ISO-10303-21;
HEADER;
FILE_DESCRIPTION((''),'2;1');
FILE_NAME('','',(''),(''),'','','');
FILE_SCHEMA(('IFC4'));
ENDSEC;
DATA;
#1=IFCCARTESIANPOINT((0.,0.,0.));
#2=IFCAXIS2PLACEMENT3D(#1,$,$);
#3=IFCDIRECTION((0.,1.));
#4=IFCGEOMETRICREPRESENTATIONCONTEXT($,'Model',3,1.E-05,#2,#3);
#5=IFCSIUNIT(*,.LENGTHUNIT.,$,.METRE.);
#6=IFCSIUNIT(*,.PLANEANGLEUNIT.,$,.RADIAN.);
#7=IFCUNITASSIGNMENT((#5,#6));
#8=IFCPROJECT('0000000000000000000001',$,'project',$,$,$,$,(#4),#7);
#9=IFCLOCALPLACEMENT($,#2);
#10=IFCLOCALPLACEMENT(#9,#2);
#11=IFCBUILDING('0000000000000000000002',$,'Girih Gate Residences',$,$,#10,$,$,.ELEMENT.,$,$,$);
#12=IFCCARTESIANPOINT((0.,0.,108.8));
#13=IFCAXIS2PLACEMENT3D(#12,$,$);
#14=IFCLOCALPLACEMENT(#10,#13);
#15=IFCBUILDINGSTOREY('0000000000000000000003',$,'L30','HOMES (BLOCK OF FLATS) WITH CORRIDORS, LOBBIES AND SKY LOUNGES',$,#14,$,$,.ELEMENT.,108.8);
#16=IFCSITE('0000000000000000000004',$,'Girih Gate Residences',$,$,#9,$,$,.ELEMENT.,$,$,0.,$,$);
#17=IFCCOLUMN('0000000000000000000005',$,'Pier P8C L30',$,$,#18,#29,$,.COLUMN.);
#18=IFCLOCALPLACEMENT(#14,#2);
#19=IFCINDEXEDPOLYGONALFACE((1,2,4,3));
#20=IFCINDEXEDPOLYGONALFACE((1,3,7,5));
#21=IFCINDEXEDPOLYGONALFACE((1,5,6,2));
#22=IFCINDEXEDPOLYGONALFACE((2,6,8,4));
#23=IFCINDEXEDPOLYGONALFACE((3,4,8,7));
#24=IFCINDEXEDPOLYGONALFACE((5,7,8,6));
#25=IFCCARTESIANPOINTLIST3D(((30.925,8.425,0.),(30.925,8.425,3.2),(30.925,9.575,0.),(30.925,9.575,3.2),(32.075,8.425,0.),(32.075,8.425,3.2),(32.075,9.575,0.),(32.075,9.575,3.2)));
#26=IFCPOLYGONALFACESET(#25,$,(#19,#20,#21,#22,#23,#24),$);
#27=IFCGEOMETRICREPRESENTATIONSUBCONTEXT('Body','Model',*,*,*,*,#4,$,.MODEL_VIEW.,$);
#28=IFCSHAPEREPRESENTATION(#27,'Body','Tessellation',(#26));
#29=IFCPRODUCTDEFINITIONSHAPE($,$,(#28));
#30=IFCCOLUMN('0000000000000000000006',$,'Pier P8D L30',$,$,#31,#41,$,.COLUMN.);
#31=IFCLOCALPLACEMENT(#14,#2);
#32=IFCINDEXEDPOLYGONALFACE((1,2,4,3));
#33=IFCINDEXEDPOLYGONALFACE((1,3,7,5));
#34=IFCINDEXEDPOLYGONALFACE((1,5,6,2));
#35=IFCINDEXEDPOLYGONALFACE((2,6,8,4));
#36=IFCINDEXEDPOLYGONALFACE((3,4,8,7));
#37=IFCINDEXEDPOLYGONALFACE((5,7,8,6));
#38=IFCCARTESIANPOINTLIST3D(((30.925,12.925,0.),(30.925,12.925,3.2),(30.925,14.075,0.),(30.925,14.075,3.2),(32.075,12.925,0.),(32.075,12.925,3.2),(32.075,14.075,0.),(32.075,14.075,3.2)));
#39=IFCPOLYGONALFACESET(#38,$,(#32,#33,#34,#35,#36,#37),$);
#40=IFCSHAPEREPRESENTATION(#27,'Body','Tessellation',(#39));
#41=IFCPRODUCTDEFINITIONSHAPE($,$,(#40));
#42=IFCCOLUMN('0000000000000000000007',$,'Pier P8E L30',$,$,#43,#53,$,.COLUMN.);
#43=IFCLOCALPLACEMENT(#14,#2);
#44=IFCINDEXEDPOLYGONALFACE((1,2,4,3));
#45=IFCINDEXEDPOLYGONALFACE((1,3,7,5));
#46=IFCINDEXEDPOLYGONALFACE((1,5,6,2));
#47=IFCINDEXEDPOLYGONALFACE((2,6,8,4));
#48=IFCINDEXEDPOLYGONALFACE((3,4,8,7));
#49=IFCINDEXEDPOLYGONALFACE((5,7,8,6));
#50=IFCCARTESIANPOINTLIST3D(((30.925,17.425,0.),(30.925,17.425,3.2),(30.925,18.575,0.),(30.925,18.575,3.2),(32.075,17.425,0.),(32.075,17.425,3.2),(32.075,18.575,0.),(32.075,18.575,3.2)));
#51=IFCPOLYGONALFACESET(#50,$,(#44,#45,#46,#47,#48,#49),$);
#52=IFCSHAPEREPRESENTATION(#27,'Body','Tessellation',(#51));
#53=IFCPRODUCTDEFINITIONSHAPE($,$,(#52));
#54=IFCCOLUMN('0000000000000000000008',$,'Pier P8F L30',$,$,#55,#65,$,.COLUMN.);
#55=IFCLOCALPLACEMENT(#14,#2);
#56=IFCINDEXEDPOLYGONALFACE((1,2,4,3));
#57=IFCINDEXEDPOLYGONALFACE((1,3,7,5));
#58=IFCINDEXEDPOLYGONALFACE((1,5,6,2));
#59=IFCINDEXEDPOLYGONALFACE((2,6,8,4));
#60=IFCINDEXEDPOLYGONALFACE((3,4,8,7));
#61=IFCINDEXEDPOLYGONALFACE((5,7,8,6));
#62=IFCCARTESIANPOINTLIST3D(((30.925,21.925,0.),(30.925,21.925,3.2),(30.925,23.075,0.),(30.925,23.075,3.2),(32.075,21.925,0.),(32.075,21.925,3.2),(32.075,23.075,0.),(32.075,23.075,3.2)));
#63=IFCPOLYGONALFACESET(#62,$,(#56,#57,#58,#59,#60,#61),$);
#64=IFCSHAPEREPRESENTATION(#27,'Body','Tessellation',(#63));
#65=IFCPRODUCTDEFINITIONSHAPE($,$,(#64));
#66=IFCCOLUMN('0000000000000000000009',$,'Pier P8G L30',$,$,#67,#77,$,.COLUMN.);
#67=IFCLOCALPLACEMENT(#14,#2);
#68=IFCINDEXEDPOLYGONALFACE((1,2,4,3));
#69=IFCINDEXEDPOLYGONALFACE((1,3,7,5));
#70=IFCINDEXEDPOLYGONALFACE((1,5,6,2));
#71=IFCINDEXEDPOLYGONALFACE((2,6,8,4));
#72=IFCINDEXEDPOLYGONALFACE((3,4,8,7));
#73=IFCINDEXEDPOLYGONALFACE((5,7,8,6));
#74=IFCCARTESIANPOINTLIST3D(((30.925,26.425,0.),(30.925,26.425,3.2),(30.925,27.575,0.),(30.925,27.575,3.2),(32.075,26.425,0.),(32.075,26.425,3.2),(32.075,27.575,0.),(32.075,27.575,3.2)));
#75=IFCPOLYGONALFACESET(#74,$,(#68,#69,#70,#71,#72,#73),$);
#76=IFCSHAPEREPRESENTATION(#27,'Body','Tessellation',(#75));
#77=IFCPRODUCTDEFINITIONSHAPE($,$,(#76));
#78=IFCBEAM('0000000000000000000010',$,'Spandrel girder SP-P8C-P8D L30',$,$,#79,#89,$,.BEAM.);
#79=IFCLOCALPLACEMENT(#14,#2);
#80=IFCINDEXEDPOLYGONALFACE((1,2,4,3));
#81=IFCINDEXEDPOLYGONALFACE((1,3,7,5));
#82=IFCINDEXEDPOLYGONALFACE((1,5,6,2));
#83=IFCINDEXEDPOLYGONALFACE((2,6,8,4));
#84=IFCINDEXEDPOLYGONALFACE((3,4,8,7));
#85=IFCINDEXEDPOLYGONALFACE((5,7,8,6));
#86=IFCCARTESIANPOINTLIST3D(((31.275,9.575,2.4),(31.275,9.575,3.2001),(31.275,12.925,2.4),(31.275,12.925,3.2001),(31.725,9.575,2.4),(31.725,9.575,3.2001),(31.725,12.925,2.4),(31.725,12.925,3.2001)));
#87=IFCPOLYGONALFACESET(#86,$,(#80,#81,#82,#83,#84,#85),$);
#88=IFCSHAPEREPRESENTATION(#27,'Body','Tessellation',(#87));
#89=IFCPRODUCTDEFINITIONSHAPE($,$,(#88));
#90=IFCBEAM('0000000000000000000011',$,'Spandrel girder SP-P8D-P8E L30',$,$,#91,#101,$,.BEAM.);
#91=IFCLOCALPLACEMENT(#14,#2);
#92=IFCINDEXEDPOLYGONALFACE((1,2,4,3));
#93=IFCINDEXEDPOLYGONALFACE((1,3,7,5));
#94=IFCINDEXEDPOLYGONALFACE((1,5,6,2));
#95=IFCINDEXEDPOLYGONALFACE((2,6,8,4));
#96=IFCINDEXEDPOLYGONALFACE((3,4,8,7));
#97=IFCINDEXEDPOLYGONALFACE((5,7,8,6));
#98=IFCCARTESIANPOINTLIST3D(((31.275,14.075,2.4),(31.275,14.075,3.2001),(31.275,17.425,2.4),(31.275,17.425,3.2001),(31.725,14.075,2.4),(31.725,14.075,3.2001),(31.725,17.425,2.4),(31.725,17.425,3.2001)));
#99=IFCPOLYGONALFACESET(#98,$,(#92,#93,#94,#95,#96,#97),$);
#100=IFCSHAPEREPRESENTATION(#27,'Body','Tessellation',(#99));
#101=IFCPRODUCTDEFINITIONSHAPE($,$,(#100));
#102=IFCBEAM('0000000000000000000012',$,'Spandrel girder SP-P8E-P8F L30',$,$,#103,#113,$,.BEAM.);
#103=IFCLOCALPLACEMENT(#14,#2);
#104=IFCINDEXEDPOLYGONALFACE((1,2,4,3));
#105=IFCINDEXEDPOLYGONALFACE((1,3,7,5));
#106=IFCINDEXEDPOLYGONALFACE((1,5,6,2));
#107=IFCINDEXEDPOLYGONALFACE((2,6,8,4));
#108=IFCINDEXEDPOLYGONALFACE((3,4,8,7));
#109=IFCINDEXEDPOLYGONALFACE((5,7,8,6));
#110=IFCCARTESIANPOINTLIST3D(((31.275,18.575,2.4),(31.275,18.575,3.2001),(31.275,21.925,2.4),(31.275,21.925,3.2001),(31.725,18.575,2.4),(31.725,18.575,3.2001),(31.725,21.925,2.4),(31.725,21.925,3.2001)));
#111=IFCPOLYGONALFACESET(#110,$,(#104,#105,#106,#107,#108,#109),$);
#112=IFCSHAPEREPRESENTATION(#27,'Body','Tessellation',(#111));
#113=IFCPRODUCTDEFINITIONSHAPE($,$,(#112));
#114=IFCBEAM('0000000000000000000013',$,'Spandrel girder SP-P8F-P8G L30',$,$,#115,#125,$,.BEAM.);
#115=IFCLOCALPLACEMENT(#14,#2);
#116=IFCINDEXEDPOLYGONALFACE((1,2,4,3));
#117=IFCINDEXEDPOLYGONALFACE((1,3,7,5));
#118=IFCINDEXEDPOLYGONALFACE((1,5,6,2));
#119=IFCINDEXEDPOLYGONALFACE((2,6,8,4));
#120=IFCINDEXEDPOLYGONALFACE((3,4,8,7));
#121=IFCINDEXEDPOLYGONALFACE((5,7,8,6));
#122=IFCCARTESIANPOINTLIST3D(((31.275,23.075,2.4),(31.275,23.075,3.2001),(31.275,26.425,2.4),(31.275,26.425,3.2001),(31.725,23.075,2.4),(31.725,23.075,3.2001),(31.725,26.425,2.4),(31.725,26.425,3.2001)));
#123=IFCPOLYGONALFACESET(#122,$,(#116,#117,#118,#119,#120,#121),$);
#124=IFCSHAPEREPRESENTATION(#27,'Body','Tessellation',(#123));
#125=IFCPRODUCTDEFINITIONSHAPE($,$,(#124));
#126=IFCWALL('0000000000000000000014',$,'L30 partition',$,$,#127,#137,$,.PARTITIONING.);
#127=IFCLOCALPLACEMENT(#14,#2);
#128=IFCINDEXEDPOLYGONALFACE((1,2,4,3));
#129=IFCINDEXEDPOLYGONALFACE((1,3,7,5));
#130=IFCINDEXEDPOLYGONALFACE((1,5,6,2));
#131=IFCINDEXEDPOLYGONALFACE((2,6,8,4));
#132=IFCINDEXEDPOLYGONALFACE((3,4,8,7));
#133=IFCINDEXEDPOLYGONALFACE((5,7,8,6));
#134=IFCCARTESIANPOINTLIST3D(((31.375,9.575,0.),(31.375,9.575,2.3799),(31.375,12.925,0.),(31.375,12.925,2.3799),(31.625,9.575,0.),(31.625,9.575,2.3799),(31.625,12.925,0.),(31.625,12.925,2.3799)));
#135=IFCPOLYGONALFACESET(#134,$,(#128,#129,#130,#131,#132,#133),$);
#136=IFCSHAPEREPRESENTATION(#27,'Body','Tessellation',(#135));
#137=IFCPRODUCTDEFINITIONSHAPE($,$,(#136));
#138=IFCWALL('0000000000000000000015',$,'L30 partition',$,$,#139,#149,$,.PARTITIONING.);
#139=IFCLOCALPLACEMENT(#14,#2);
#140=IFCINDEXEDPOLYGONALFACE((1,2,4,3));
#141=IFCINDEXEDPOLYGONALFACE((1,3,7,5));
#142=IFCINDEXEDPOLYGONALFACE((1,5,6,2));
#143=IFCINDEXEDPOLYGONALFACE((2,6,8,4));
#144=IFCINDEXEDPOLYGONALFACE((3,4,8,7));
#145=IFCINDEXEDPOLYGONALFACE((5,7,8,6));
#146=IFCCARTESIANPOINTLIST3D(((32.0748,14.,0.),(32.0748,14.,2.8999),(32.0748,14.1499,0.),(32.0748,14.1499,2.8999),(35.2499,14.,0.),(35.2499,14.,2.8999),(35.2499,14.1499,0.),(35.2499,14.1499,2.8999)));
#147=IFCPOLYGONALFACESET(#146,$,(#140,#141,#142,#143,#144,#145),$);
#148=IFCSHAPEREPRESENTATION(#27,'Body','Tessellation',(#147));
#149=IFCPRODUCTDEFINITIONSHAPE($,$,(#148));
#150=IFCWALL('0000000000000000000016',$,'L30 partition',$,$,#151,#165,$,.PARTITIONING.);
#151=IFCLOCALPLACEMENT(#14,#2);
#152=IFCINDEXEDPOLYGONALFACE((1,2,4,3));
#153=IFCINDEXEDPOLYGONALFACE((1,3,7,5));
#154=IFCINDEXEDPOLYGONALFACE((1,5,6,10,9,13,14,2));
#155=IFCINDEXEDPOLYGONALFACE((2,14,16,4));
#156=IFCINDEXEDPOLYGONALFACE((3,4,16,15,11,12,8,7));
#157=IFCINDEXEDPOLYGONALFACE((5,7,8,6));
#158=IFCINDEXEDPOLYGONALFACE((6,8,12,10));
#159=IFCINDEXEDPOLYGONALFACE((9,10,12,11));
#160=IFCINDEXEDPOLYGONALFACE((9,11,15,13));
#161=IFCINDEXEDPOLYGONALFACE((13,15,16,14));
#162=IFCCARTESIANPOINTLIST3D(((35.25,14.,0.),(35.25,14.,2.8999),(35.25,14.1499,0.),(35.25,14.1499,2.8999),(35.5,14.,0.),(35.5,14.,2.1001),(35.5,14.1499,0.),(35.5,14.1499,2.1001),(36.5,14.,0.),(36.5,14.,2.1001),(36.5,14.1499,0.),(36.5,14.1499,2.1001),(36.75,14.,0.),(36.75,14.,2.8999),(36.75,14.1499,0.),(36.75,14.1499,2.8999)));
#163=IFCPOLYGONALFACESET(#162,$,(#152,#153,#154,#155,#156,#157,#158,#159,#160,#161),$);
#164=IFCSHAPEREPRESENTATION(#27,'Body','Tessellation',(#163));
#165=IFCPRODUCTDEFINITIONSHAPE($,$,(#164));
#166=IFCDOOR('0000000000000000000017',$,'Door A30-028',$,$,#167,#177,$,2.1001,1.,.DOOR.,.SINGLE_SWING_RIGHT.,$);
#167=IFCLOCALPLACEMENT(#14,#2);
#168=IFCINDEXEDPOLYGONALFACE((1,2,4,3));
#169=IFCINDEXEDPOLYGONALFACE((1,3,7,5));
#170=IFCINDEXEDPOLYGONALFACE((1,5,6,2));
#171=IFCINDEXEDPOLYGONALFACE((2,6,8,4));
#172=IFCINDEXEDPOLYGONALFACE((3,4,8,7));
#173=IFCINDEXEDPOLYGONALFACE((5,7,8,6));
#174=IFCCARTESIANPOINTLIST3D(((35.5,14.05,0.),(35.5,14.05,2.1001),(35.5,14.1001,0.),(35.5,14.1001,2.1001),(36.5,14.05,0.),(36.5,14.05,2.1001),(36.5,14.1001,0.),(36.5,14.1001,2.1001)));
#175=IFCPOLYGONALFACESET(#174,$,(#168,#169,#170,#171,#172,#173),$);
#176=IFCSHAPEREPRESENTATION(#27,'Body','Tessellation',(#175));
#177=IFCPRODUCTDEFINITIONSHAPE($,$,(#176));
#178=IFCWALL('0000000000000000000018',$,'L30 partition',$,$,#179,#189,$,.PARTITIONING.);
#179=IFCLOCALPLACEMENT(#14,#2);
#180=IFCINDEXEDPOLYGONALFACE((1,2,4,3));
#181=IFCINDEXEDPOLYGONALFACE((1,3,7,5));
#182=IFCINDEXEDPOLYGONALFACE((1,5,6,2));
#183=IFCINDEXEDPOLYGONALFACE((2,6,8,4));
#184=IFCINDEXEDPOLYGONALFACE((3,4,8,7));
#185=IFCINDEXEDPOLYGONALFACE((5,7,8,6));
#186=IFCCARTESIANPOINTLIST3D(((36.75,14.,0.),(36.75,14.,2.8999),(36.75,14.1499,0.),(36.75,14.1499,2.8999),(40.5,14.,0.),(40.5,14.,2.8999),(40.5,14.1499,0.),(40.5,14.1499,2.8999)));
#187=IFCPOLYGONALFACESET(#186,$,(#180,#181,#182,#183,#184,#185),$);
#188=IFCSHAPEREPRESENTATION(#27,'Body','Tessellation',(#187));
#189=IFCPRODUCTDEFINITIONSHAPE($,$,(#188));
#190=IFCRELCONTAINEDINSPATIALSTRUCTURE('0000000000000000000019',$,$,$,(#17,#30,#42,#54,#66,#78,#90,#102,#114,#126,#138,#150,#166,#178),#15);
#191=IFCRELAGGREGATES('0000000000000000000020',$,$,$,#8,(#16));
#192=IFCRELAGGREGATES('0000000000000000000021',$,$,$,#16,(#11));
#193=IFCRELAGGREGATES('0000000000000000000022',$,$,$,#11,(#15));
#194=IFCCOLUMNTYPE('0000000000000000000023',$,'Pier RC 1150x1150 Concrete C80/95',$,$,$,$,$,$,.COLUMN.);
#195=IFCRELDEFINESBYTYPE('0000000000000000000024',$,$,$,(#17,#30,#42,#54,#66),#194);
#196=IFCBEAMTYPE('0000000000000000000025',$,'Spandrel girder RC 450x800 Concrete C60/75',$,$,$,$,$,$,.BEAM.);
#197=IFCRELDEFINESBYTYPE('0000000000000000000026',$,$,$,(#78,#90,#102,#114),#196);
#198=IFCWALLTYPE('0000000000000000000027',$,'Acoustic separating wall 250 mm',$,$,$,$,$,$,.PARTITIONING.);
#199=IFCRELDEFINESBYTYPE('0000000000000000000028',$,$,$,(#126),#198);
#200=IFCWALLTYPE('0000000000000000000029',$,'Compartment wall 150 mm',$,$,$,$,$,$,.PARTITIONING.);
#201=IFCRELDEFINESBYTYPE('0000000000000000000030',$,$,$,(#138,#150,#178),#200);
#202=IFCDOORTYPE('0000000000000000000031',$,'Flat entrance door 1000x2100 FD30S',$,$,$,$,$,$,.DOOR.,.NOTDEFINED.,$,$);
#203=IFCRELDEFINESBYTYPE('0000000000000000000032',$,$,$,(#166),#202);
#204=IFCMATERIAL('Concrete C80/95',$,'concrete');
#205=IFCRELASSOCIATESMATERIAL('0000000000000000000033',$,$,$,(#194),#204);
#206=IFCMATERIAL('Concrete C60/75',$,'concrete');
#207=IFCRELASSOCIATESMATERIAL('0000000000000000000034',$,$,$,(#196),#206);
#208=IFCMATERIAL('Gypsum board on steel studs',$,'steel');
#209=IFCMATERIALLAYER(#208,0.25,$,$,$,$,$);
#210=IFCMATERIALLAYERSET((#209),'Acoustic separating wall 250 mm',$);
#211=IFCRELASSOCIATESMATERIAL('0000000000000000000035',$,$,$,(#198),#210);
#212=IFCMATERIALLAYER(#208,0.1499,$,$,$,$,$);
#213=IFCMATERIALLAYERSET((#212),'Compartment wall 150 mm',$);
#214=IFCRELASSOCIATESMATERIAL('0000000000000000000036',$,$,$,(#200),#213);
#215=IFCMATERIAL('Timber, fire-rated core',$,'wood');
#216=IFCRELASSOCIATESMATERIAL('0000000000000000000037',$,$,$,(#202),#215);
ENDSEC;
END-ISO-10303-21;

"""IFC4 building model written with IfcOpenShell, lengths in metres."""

from ifc_helpers import new_model, si_unit, direction, frame, frame_2d, origin, origin_2d, place, context, subcontext, project, spatial, rectangle, extrude, material, layer, layer_set, material_profile, profile_set, type_object, element, fill, save


model = new_model("IFC4")

# Units and contexts
model_context = context("Model", 3, precision=1e-05, world=origin(), true_north=direction((0.0, 1.0)))
body_context = subcontext(model_context, "Body", "Model", "MODEL_VIEW")
ifc_project = project(units=[si_unit("LENGTHUNIT", "METRE"), si_unit("PLANEANGLEUNIT", "RADIAN")], contexts=[model_context])

# Site, building, storey
site_placement = place(None, origin())
site = spatial("IfcSite", under=ifc_project, at=site_placement, Name="Girih Gate Residences", CompositionType="ELEMENT", RefElevation=0.0)
building_placement = place(site_placement, origin())
building = spatial("IfcBuilding", under=site, at=building_placement, Name="Girih Gate Residences", CompositionType="ELEMENT")
storey_placement = place(building_placement, frame((0.0, 0.0, 108.8)))
storey = spatial("IfcBuildingStorey", under=building, at=storey_placement, Name="L30", Description="HOMES (BLOCK OF FLATS) WITH CORRIDORS, LOBBIES AND SKY LOUNGES", CompositionType="ELEMENT", Elevation=108.8)

# Columns
ifc_material_1 = material(Name="Concrete C80/95", Category="concrete")
ifc_material_profile_1 = material_profile(ifc_material_1, rectangle(XDim=1.1499, YDim=1.1499, at=origin_2d()))
ifc_profile_set_1 = profile_set([ifc_material_profile_1], Name="Concrete C80/95")
column_type = type_object("IfcColumnType", Name="Pier RC 1150x1150 Concrete C80/95", PredefinedType="COLUMN", material=ifc_profile_set_1)
for number, where, z_axis, x_axis, name in (
    (1, (31.5, 9.0, 0.0), (0.0, 0.0, 1.0), (1.0, 0.0, 0.0), "Pier P8C L30"),
    (2, (31.5, 13.5, 0.0), (0.0, 0.0, 1.0), (1.0, 0.0, 0.0), "Pier P8D L30"),
    (3, (31.5, 18.0, 0.0), (0.0, 0.0, 1.0), (1.0, 0.0, 0.0), "Pier P8E L30"),
    (4, (31.5, 22.5, 0.0), (0.0, 0.0, 1.0), (1.0, 0.0, 0.0), "Pier P8F L30"),
    (5, (31.5, 27.0, 0.0), (0.0, 0.0, 1.0), (1.0, 0.0, 0.0), "Pier P8G L30"),
):
    element("IfcColumn", number, at=place(storey_placement, frame(where, z_axis=z_axis, x_axis=x_axis)), inside=storey, type_object=column_type, Name=name, PredefinedType="COLUMN", context=body_context, shape_type="SweptSolid", body=[
        extrude(rectangle(XDim=1.1499, YDim=1.1499, at=origin_2d()), origin(), (0.0, 0.0, 1.0), 3.2),
    ])

# Beams
ifc_material_2 = material(Name="Concrete C60/75", Category="concrete")
ifc_material_profile_2 = material_profile(ifc_material_2, rectangle(XDim=0.45, YDim=0.8, at=origin_2d()))
ifc_profile_set_2 = profile_set([ifc_material_profile_2], Name="Concrete C60/75")
beam_type = type_object("IfcBeamType", Name="Spandrel girder RC 450x800 Concrete C60/75", PredefinedType="BEAM", material=ifc_profile_set_2)
for number, where, z_axis, x_axis, name in (
    (6, (31.5, 9.575, 2.8), (0.0, 1.0, 0.0), (-1.0, 0.0, 0.0), "Spandrel girder SP-P8C-P8D L30"),
    (7, (31.5, 14.075, 2.8), (0.0, 1.0, 0.0), (-1.0, 0.0, 0.0), "Spandrel girder SP-P8D-P8E L30"),
    (8, (31.5, 18.575, 2.8), (0.0, 1.0, 0.0), (-1.0, 0.0, 0.0), "Spandrel girder SP-P8E-P8F L30"),
    (9, (31.5, 23.075, 2.8), (0.0, 1.0, 0.0), (-1.0, 0.0, 0.0), "Spandrel girder SP-P8F-P8G L30"),
):
    element("IfcBeam", number, at=place(storey_placement, frame(where, z_axis=z_axis, x_axis=x_axis)), inside=storey, type_object=beam_type, Name=name, PredefinedType="BEAM", context=body_context, shape_type="SweptSolid", body=[
        extrude(rectangle(XDim=0.45, YDim=0.8, at=origin_2d()), origin(), (0.0, 0.0, 1.0), 3.3501),
    ])

# Walls
ifc_material_3 = material(Name="Gypsum board on steel studs", Category="steel")
ifc_layer_1 = layer(ifc_material_3, 0.25)
ifc_layer_set_1 = layer_set([ifc_layer_1], Name="Acoustic separating wall 250 mm")
wall_type_1 = type_object("IfcWallType", Name="Acoustic separating wall 250 mm", PredefinedType="PARTITIONING", material=ifc_layer_set_1)
wall_1_placement = place(storey_placement, frame((31.5, 9.575, 0.0), z_axis=(0.0, 0.0, 1.0), x_axis=(0.0, 1.0, 0.0)))
element("IfcWall", 10, at=wall_1_placement, inside=storey, type_object=wall_type_1, Name="L30 partition", PredefinedType="PARTITIONING", context=body_context, shape_type="SweptSolid", body=[
    extrude(rectangle(XDim=3.3501, YDim=0.25, at=frame_2d((1.675, 0.0))), origin(), (0.0, 0.0, 1.0), 2.3799),
])
ifc_layer_2 = layer(ifc_material_3, 0.1499)
ifc_layer_set_2 = layer_set([ifc_layer_2], Name="Compartment wall 150 mm")
wall_type_2 = type_object("IfcWallType", Name="Compartment wall 150 mm", PredefinedType="PARTITIONING", material=ifc_layer_set_2)
wall_2_placement = place(storey_placement, frame((32.075, 14.075, 0.0), z_axis=(0.0, 0.0, 1.0), x_axis=(1.0, 0.0, 0.0)))
element("IfcWall", 11, at=wall_2_placement, inside=storey, type_object=wall_type_2, Name="L30 partition", PredefinedType="PARTITIONING", context=body_context, shape_type="SweptSolid", body=[
    extrude(rectangle(XDim=3.175, YDim=0.1499, at=frame_2d((1.5874, 0.0))), origin(), (0.0, 0.0, 1.0), 2.8999),
])

# Wall, opening, door
wall_3_placement = place(storey_placement, frame((36.75, 14.075, 0.0), z_axis=(0.0, 0.0, 1.0), x_axis=(-1.0, 0.0, 0.0)))
wall_3 = element("IfcWall", 12, at=wall_3_placement, inside=storey, type_object=wall_type_2, Name="L30 partition", PredefinedType="PARTITIONING", context=body_context, shape_type="SweptSolid", body=[
    extrude(rectangle(XDim=1.5, YDim=0.1499, at=frame_2d((0.75, 0.0))), origin(), (0.0, 0.0, 1.0), 2.8999),
])
opening_1_placement = place(wall_3_placement, frame((0.25, 0.0, 0.0)))
opening_1 = element("IfcOpeningElement", 13, at=opening_1_placement, cuts=wall_3, PredefinedType="OPENING", context=body_context, shape_type="SweptSolid", body=[
    extrude(rectangle(XDim=1.0, YDim=2.1001, at=frame_2d((0.5, 1.05))), frame((0.0, 0.085, 0.0), z_axis=(0.0, -1.0, 0.0), x_axis=(1.0, 0.0, 0.0)), (0.0, 0.0, 1.0), 0.1699),
])
ifc_material_4 = material(Name="Timber, fire-rated core", Category="wood")
door_type_1 = type_object("IfcDoorType", Name="Flat entrance door 1000x2100 FD30S", OperationType="NOTDEFINED", PredefinedType="DOOR", material=ifc_material_4)
door_1_placement = place(opening_1_placement, origin())
door_1 = element("IfcDoor", 14, at=door_1_placement, inside=storey, type_object=door_type_1, Name="Door A30-028", OperationType="SINGLE_SWING_RIGHT", OverallHeight=2.1001, OverallWidth=1.0, PredefinedType="DOOR", context=body_context, shape_type="SweptSolid", body=[
    extrude(rectangle(XDim=1.0, YDim=2.1001, at=frame_2d((0.5, 1.05))), frame((0.0, 0.0249, 0.0), z_axis=(0.0, -1.0, 0.0), x_axis=(1.0, 0.0, 0.0)), (0.0, 0.0, 1.0), 0.05),
])
fill(opening_1, door_1)

# Wall
wall_4_placement = place(storey_placement, frame((36.75, 14.075, 0.0), z_axis=(0.0, 0.0, 1.0), x_axis=(1.0, 0.0, 0.0)))
element("IfcWall", 15, at=wall_4_placement, inside=storey, type_object=wall_type_2, Name="L30 partition", PredefinedType="PARTITIONING", context=body_context, shape_type="SweptSolid", body=[
    extrude(rectangle(XDim=3.75, YDim=0.1499, at=frame_2d((1.875, 0.0))), origin(), (0.0, 0.0, 1.0), 2.8999),
])

save(model, "model.ifc")
